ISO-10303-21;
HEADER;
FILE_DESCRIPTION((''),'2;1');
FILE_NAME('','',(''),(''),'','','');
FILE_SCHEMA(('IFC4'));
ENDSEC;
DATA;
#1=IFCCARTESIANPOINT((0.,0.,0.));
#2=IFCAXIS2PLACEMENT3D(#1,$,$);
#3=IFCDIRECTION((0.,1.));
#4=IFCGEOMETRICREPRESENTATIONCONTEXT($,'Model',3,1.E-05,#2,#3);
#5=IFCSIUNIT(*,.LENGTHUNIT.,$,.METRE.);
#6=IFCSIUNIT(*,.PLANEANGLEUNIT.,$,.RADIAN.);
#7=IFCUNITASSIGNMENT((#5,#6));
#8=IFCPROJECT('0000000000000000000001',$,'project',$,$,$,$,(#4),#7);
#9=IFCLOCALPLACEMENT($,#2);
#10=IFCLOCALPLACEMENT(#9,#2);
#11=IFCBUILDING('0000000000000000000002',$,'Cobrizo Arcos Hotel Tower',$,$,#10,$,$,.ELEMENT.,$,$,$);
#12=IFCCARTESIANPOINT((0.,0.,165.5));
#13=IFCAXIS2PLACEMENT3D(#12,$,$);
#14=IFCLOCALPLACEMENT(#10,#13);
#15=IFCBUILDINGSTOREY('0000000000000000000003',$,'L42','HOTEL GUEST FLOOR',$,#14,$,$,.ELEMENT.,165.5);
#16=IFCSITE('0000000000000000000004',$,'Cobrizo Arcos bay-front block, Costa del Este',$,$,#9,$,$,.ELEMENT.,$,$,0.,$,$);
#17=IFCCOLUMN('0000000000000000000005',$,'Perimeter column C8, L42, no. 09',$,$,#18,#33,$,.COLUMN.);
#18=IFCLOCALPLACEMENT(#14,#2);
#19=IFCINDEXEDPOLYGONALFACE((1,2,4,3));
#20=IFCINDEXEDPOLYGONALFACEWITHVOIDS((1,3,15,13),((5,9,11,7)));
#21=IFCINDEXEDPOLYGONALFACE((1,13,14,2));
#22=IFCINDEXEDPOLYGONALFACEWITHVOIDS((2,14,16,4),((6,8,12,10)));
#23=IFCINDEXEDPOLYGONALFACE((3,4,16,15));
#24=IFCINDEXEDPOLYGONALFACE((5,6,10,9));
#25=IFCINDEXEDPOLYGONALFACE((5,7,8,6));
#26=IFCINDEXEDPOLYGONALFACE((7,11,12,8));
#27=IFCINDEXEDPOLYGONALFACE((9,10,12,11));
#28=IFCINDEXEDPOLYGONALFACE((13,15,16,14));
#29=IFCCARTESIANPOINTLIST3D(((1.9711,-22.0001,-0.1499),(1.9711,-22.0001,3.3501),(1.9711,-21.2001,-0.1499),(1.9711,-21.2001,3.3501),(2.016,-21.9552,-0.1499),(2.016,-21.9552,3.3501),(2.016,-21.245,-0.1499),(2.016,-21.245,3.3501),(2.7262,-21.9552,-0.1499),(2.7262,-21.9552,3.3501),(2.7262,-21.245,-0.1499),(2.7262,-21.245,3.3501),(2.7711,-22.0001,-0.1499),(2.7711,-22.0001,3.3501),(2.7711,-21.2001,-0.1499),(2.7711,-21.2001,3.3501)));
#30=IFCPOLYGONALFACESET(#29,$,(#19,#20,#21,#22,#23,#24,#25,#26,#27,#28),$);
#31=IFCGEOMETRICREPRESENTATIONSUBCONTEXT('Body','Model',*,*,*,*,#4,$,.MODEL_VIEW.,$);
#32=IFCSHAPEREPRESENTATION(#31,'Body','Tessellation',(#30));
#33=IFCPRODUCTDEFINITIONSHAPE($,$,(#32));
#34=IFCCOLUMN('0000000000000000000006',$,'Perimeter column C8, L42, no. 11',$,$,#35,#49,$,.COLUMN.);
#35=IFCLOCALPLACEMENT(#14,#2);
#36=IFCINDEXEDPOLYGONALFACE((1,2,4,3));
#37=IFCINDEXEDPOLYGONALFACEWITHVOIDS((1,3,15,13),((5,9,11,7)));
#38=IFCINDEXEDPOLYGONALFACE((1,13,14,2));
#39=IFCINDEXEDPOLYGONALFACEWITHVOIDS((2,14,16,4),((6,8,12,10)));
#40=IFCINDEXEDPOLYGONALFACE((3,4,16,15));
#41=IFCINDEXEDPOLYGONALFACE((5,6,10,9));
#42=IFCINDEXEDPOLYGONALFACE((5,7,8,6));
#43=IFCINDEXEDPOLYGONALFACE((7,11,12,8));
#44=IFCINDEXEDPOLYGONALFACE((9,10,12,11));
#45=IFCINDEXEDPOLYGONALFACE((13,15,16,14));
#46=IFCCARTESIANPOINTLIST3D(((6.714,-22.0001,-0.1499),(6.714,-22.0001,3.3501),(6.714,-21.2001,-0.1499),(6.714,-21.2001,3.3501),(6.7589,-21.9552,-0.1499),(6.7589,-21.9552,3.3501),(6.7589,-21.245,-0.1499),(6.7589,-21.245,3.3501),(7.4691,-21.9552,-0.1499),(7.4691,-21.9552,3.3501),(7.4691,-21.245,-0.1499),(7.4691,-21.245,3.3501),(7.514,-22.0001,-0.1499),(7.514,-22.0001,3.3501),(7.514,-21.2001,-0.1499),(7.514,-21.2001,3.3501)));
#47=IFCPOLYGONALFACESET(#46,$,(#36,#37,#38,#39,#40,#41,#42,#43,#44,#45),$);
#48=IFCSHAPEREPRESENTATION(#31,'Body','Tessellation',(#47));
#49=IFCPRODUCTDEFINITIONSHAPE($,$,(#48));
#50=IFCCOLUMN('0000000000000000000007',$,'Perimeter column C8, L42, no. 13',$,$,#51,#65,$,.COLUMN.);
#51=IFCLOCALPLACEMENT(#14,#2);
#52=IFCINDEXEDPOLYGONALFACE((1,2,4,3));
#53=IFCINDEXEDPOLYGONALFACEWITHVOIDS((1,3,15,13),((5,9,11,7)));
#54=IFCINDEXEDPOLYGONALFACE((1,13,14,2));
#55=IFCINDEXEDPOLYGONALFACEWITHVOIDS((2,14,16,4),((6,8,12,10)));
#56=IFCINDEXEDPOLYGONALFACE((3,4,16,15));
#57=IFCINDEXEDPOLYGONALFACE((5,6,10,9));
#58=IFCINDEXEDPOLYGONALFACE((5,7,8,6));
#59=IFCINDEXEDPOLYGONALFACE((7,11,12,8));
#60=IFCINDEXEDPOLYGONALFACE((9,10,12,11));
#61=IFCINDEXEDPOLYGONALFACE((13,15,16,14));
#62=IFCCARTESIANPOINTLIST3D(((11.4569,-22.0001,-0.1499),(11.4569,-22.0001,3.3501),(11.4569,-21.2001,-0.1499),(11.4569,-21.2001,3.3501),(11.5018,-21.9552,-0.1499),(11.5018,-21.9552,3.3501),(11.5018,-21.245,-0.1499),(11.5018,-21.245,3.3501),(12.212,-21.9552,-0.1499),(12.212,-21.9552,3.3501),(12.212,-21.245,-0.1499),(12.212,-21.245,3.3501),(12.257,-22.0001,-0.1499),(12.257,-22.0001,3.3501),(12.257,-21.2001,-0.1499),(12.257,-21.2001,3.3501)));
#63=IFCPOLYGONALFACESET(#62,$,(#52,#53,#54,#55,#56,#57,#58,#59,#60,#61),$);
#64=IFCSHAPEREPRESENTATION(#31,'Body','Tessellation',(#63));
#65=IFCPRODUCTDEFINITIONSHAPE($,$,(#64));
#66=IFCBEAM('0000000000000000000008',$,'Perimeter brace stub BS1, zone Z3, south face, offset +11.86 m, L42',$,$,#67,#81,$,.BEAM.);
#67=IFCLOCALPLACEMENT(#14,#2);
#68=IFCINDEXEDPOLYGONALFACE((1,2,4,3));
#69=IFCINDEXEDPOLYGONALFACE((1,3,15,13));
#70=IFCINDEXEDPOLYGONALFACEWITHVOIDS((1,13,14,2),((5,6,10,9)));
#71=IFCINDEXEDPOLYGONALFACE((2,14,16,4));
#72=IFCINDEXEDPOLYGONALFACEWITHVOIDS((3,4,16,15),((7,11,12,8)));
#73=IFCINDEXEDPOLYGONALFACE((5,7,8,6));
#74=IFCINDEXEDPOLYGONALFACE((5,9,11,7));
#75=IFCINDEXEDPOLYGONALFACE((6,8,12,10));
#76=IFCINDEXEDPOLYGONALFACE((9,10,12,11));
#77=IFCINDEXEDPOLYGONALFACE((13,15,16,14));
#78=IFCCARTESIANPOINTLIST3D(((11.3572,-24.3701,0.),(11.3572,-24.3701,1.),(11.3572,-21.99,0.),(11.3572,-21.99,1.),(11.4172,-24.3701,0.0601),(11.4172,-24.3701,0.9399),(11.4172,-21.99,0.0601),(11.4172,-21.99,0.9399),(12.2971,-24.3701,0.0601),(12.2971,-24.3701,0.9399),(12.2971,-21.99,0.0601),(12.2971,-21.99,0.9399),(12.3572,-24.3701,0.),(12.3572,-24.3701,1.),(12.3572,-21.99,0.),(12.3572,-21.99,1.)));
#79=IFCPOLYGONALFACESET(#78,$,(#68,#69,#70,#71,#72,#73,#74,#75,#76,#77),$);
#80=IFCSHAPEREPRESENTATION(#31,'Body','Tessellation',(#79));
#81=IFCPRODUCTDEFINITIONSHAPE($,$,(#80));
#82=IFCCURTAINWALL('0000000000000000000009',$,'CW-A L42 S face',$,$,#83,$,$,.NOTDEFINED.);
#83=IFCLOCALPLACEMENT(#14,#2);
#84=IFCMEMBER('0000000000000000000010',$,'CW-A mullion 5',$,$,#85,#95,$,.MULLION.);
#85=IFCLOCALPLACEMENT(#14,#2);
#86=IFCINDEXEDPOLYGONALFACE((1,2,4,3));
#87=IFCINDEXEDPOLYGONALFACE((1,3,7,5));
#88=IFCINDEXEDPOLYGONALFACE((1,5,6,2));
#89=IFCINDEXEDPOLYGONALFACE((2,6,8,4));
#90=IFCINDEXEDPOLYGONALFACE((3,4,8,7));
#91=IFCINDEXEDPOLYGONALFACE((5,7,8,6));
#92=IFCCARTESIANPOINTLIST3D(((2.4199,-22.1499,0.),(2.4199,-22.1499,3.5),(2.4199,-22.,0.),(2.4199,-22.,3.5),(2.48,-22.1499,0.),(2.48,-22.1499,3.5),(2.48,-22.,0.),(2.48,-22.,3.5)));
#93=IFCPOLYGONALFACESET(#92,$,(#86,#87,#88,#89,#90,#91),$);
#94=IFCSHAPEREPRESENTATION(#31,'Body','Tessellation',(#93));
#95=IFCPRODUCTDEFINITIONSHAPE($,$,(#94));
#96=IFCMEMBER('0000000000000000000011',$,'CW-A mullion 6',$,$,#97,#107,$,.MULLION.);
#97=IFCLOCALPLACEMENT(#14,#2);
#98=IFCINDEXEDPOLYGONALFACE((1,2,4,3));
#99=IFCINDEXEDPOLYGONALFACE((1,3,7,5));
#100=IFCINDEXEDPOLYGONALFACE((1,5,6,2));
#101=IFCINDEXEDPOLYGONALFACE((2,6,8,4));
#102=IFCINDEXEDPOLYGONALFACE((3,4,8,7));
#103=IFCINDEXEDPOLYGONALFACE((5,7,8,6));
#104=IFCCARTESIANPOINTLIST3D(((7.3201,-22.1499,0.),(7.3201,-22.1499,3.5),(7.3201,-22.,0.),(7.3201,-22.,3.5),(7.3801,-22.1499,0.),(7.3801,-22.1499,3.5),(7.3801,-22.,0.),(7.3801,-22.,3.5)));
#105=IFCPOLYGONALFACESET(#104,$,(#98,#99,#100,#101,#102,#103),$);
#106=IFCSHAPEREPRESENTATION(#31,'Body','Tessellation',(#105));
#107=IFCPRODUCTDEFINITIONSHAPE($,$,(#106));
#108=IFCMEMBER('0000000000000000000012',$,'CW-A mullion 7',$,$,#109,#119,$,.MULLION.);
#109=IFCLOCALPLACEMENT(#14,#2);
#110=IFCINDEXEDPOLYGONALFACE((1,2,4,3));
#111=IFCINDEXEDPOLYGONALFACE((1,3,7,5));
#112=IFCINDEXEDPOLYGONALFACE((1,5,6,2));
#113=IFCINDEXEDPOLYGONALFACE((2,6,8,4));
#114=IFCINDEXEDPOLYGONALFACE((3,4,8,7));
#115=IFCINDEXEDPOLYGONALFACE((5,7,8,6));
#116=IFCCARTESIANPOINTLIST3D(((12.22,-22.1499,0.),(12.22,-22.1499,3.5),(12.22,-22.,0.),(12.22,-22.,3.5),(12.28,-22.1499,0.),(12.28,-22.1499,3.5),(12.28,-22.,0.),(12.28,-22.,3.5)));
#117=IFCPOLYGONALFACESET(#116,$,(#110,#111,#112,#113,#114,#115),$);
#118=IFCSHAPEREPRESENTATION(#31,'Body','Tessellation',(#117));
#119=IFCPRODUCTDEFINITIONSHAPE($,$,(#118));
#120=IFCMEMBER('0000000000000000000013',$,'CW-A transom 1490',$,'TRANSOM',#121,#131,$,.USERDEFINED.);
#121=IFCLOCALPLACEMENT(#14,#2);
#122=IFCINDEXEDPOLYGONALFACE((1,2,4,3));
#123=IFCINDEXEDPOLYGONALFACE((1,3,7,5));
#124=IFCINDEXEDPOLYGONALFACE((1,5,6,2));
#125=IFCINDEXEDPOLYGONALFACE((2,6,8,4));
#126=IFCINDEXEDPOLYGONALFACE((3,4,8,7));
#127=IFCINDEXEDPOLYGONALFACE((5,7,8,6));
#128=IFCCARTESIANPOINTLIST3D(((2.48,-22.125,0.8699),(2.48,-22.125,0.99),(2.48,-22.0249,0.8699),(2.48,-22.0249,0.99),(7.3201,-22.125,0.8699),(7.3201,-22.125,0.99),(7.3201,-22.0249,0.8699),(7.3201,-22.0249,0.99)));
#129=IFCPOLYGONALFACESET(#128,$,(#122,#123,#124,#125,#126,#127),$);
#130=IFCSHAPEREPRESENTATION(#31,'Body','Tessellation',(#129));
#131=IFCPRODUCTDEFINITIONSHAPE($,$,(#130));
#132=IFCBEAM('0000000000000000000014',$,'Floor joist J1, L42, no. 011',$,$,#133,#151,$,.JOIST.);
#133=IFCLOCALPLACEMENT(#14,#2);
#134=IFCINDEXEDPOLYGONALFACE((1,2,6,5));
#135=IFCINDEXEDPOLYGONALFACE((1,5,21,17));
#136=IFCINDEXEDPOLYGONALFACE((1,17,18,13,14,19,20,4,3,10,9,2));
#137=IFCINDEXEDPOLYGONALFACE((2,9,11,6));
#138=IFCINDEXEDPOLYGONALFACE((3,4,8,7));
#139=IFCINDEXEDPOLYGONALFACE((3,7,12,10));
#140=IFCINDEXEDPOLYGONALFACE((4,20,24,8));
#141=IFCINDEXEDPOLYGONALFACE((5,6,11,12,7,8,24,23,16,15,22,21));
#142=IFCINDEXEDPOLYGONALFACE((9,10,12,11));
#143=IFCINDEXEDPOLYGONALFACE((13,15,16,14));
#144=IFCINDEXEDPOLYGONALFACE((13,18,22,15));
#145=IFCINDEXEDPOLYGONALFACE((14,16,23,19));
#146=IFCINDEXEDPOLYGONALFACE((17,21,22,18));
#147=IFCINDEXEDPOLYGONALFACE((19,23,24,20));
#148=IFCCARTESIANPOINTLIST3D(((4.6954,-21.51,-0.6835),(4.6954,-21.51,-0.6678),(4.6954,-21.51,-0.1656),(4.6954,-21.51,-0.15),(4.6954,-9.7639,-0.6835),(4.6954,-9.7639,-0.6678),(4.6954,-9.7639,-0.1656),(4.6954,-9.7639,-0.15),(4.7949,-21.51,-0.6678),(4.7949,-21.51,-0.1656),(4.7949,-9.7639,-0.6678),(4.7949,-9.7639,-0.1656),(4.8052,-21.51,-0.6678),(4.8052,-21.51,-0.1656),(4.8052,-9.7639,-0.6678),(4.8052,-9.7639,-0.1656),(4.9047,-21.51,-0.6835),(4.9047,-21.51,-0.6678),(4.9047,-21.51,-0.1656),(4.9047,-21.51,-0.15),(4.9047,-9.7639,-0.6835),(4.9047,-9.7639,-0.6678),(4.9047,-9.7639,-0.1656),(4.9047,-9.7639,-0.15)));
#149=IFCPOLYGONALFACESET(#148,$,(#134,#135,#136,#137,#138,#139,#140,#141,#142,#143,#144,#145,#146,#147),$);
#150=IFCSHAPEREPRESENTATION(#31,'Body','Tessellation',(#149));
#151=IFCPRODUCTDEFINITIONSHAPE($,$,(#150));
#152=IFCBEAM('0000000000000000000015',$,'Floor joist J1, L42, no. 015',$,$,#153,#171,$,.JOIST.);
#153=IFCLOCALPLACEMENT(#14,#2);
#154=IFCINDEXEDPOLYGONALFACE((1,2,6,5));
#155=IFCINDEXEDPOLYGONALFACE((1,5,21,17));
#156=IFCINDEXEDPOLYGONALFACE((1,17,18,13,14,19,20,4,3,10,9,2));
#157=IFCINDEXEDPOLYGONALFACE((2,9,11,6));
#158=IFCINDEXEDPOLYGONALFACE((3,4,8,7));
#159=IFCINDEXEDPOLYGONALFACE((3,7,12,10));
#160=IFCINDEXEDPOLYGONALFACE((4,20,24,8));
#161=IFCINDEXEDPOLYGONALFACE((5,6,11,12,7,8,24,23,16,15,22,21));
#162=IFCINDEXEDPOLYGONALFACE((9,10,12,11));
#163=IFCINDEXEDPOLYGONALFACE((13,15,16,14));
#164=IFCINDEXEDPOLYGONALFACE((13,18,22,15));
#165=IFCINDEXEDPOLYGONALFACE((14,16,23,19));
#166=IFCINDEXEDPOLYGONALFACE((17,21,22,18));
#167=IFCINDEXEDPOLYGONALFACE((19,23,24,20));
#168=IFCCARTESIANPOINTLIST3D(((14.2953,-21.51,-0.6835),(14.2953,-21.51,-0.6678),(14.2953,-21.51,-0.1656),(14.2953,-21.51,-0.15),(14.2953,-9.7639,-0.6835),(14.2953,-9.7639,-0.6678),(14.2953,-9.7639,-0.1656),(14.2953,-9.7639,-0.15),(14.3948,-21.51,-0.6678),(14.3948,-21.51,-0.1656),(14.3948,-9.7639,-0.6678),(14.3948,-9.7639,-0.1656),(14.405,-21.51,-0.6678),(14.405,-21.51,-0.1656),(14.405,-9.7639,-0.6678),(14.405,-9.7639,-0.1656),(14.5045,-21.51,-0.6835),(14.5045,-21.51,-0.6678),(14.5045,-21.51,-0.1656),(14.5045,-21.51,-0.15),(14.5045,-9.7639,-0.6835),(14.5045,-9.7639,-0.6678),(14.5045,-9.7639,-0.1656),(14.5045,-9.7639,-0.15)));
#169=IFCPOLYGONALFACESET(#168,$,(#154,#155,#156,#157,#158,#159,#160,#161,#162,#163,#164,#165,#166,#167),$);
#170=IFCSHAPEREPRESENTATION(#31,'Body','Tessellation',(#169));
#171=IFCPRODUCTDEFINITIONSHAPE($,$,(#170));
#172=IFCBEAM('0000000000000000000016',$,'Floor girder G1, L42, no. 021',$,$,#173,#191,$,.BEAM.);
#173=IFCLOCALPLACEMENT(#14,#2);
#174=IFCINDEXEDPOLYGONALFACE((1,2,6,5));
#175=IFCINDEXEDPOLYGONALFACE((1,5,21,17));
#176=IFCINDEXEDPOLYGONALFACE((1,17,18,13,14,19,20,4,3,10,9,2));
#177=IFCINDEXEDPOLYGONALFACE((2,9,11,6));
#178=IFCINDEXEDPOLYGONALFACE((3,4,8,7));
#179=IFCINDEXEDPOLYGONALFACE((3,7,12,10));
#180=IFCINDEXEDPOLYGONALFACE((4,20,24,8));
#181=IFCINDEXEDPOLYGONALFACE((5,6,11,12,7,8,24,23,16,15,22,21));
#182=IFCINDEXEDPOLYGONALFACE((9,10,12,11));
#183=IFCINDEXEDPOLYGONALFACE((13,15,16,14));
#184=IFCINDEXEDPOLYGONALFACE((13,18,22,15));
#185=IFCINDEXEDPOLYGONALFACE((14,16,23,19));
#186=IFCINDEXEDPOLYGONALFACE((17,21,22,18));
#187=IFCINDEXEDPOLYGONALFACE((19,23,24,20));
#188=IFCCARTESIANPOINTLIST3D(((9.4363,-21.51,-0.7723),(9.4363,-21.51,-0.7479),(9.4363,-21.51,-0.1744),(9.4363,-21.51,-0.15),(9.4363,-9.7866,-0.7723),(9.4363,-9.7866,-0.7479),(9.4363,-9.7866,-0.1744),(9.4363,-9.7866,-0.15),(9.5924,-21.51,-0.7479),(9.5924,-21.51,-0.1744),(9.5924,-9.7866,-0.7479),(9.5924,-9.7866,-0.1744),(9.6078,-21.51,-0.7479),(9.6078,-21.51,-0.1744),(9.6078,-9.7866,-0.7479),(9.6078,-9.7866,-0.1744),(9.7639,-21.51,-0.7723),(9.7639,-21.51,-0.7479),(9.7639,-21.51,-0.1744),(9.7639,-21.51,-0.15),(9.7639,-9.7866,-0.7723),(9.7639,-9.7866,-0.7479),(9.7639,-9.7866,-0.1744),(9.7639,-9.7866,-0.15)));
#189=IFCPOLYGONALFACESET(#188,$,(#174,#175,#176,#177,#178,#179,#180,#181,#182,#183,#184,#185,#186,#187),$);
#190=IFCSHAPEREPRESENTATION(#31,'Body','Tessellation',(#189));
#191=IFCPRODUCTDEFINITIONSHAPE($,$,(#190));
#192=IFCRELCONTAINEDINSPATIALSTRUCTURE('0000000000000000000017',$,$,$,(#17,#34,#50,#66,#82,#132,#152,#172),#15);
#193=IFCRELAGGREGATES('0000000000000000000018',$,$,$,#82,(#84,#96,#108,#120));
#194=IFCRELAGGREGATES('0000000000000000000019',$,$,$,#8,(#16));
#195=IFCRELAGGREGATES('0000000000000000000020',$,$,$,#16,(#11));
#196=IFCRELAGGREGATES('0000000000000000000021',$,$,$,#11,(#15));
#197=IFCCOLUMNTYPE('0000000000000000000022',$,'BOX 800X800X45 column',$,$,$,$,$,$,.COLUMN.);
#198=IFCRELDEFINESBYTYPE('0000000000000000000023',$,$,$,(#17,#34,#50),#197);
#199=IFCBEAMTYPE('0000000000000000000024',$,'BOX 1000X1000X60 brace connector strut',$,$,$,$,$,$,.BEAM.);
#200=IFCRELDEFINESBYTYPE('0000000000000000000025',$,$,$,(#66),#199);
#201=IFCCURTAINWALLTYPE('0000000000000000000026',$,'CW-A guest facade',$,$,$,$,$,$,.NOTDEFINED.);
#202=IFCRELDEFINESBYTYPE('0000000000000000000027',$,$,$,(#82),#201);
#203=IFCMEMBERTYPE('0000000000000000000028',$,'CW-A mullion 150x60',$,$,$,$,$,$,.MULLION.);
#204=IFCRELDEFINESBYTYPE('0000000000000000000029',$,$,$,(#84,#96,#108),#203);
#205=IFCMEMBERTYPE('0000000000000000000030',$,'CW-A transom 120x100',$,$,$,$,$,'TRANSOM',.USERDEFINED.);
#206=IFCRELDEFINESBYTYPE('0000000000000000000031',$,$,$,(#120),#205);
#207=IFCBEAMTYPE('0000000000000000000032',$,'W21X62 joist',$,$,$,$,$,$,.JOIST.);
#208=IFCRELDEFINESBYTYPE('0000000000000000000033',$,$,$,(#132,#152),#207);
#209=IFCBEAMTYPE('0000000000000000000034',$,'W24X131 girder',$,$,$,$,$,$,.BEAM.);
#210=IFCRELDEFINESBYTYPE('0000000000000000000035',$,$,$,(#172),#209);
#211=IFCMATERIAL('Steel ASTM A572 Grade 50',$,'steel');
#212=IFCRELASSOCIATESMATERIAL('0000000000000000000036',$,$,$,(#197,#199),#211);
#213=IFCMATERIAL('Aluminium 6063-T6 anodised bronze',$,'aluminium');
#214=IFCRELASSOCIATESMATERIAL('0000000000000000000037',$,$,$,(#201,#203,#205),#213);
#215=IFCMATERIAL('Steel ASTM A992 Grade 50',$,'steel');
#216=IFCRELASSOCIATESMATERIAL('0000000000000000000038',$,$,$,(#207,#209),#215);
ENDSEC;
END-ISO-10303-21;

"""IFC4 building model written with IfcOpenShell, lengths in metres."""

from ifc_helpers import new_model, si_unit, direction, frame, origin, origin_2d, place, context, subcontext, project, spatial, rectangle, hollow_rectangle, i_section, extrude, material, material_profile, profile_set, type_object, element, aggregate, save


model = new_model("IFC4")

# Units and contexts
model_context = context("Model", 3, precision=1e-05, world=origin(), true_north=direction((0.0, 1.0)))
body_context = subcontext(model_context, "Body", "Model", "MODEL_VIEW")
ifc_project = project(units=[si_unit("LENGTHUNIT", "METRE"), si_unit("PLANEANGLEUNIT", "RADIAN")], contexts=[model_context])

# Site, building, storey
site_placement = place(None, origin())
site = spatial("IfcSite", under=ifc_project, at=site_placement, Name="Cobrizo Arcos bay-front block, Costa del Este", CompositionType="ELEMENT", RefElevation=0.0)
building_placement = place(site_placement, origin())
building = spatial("IfcBuilding", under=site, at=building_placement, Name="Cobrizo Arcos Hotel Tower", CompositionType="ELEMENT")
storey_placement = place(building_placement, frame((0.0, 0.0, 165.5)))
storey = spatial("IfcBuildingStorey", under=building, at=storey_placement, Name="L42", Description="HOTEL GUEST FLOOR", CompositionType="ELEMENT", Elevation=165.5)

# Columns
ifc_material_1 = material(Name="Steel ASTM A572 Grade 50", Category="steel")
ifc_material_profile_1 = material_profile(ifc_material_1, hollow_rectangle(XDim=0.8, YDim=0.8, WallThickness=0.0449, at=origin_2d()), Name="BOX 800X800X45")
ifc_profile_set_1 = profile_set([ifc_material_profile_1], Name="Steel ASTM A572 Grade 50")
column_type = type_object("IfcColumnType", Name="BOX 800X800X45 column", PredefinedType="COLUMN", material=ifc_profile_set_1)
for number, where, z_axis, x_axis, name in (
    (1, (2.3711, -21.6001, -0.1499), (0.0, 0.0, 1.0), (1.0, 0.0, 0.0), "Perimeter column C8, L42, no. 09"),
    (2, (7.114, -21.6001, -0.1499), (0.0, 0.0, 1.0), (1.0, 0.0, 0.0), "Perimeter column C8, L42, no. 11"),
    (3, (11.8569, -21.6001, -0.1499), (0.0, 0.0, 1.0), (1.0, 0.0, 0.0), "Perimeter column C8, L42, no. 13"),
):
    element("IfcColumn", number, at=place(storey_placement, frame(where, z_axis=z_axis, x_axis=x_axis)), inside=storey, type_object=column_type, Name=name, PredefinedType="COLUMN", context=body_context, shape_type="SweptSolid", body=[
        extrude(hollow_rectangle(XDim=0.8, YDim=0.8, WallThickness=0.0449, at=origin_2d()), origin(), (0.0, 0.0, 1.0), 3.5),
    ])

# Beam
ifc_material_profile_2 = material_profile(ifc_material_1, hollow_rectangle(XDim=1.0, YDim=1.0, WallThickness=0.0601, at=origin_2d()), Name="BOX 1000X1000X60")
ifc_profile_set_2 = profile_set([ifc_material_profile_2], Name="Steel ASTM A572 Grade 50")
beam_type_1 = type_object("IfcBeamType", Name="BOX 1000X1000X60 brace connector strut", PredefinedType="BEAM", material=ifc_profile_set_2)
beam_1_placement = place(storey_placement, frame((11.8572, -21.99, 0.5), z_axis=(0.0, -1.0, 0.0), x_axis=(1.0, 0.0, 0.0)))
element("IfcBeam", 4, at=beam_1_placement, inside=storey, type_object=beam_type_1, Name="Perimeter brace stub BS1, zone Z3, south face, offset +11.86 m, L42", PredefinedType="BEAM", context=body_context, shape_type="SweptSolid", body=[
    extrude(hollow_rectangle(XDim=1.0, YDim=1.0, WallThickness=0.0601, at=origin_2d()), origin(), (0.0, 0.0, 1.0), 2.3801),
])

# Curtain wall, members
ifc_material_2 = material(Name="Aluminium 6063-T6 anodised bronze", Category="aluminium")
curtain_wall_type = type_object("IfcCurtainWallType", Name="CW-A guest facade", PredefinedType="NOTDEFINED", material=ifc_material_2)
curtain_wall_placement = place(storey_placement, origin())
curtain_wall = element("IfcCurtainWall", 5, at=curtain_wall_placement, inside=storey, type_object=curtain_wall_type, Name="CW-A L42 S face", PredefinedType="NOTDEFINED")
ifc_material_profile_3 = material_profile(ifc_material_2, rectangle(XDim=0.1499, YDim=0.0601, at=origin_2d()), Name="CW-A mullion 150x60")
ifc_profile_set_3 = profile_set([ifc_material_profile_3], Name="Aluminium 6063-T6 anodised bronze")
member_type_1 = type_object("IfcMemberType", Name="CW-A mullion 150x60", PredefinedType="MULLION", material=ifc_profile_set_3)
member_1_placement = place(storey_placement, frame((2.45, -22.075, 0.0), z_axis=(0.0, 0.0, 1.0), x_axis=(0.0, -1.0, 0.0)))
member_1 = element("IfcMember", 6, at=member_1_placement, type_object=member_type_1, Name="CW-A mullion 5", PredefinedType="MULLION", context=body_context, shape_type="SweptSolid", body=[
    extrude(rectangle(XDim=0.1499, YDim=0.0601, at=origin_2d()), origin(), (0.0, 0.0, 1.0), 3.5),
])
member_2_placement = place(storey_placement, frame((7.3501, -22.075, 0.0), z_axis=(0.0, 0.0, 1.0), x_axis=(0.0, -1.0, 0.0)))
member_2 = element("IfcMember", 7, at=member_2_placement, type_object=member_type_1, Name="CW-A mullion 6", PredefinedType="MULLION", context=body_context, shape_type="SweptSolid", body=[
    extrude(rectangle(XDim=0.1499, YDim=0.0601, at=origin_2d()), origin(), (0.0, 0.0, 1.0), 3.5),
])
member_3_placement = place(storey_placement, frame((12.25, -22.075, 0.0), z_axis=(0.0, 0.0, 1.0), x_axis=(0.0, -1.0, 0.0)))
member_3 = element("IfcMember", 8, at=member_3_placement, type_object=member_type_1, Name="CW-A mullion 7", PredefinedType="MULLION", context=body_context, shape_type="SweptSolid", body=[
    extrude(rectangle(XDim=0.1499, YDim=0.0601, at=origin_2d()), origin(), (0.0, 0.0, 1.0), 3.5),
])
ifc_material_profile_4 = material_profile(ifc_material_2, rectangle(XDim=0.1001, YDim=0.1201, at=origin_2d()), Name="CW-A transom 120x100")
ifc_profile_set_4 = profile_set([ifc_material_profile_4], Name="Aluminium 6063-T6 anodised bronze")
member_type_2 = type_object("IfcMemberType", Name="CW-A transom 120x100", ElementType="TRANSOM", PredefinedType="USERDEFINED", material=ifc_profile_set_4)
member_4_placement = place(storey_placement, frame((2.48, -22.075, 0.9299), z_axis=(1.0, 0.0, 0.0), x_axis=(0.0, 1.0, 0.0)))
member_4 = element("IfcMember", 9, at=member_4_placement, type_object=member_type_2, Name="CW-A transom 1490", ObjectType="TRANSOM", PredefinedType="USERDEFINED", context=body_context, shape_type="SweptSolid", body=[
    extrude(rectangle(XDim=0.1001, YDim=0.1201, at=origin_2d()), origin(), (0.0, 0.0, 1.0), 4.8401),
])

# Beams
ifc_material_3 = material(Name="Steel ASTM A992 Grade 50", Category="steel")
ifc_material_profile_5 = material_profile(ifc_material_3, i_section(OverallWidth=0.2092, OverallDepth=0.5334, WebThickness=0.0103, FlangeThickness=0.0156, at=origin_2d()), Name="W21X62")
ifc_profile_set_5 = profile_set([ifc_material_profile_5], Name="Steel ASTM A992 Grade 50")
beam_type_2 = type_object("IfcBeamType", Name="W21X62 joist", PredefinedType="JOIST", material=ifc_profile_set_5)
for number, where, z_axis, x_axis, name in (
    (10, (4.8, -21.51, -0.4167), (0.0, 1.0, 0.0), (-1.0, 0.0, 0.0), "Floor joist J1, L42, no. 011"),
    (11, (14.3999, -21.51, -0.4167), (0.0, 1.0, 0.0), (-1.0, 0.0, 0.0), "Floor joist J1, L42, no. 015"),
):
    element("IfcBeam", number, at=place(storey_placement, frame(where, z_axis=z_axis, x_axis=x_axis)), inside=storey, type_object=beam_type_2, Name=name, PredefinedType="JOIST", context=body_context, shape_type="SweptSolid", body=[
        extrude(i_section(OverallWidth=0.2092, OverallDepth=0.5334, WebThickness=0.0103, FlangeThickness=0.0156, at=origin_2d()), origin(), (0.0, 0.0, 1.0), 11.7461),
    ])
ifc_material_profile_6 = material_profile(ifc_material_3, i_section(OverallWidth=0.3276, OverallDepth=0.6223, WebThickness=0.0154, FlangeThickness=0.0244, at=origin_2d()), Name="W24X131")
ifc_profile_set_6 = profile_set([ifc_material_profile_6], Name="Steel ASTM A992 Grade 50")
beam_type_3 = type_object("IfcBeamType", Name="W24X131 girder", PredefinedType="BEAM", material=ifc_profile_set_6)
beam_2_placement = place(storey_placement, frame((9.6001, -21.51, -0.4612), z_axis=(0.0, 1.0, 0.0), x_axis=(-1.0, 0.0, 0.0)))
element("IfcBeam", 12, at=beam_2_placement, inside=storey, type_object=beam_type_3, Name="Floor girder G1, L42, no. 021", PredefinedType="BEAM", context=body_context, shape_type="SweptSolid", body=[
    extrude(i_section(OverallWidth=0.3276, OverallDepth=0.6223, WebThickness=0.0154, FlangeThickness=0.0244, at=origin_2d()), origin(), (0.0, 0.0, 1.0), 11.7234),
])

aggregate(curtain_wall, [member_1, member_2, member_3, member_4])

save(model, "model.ifc")
